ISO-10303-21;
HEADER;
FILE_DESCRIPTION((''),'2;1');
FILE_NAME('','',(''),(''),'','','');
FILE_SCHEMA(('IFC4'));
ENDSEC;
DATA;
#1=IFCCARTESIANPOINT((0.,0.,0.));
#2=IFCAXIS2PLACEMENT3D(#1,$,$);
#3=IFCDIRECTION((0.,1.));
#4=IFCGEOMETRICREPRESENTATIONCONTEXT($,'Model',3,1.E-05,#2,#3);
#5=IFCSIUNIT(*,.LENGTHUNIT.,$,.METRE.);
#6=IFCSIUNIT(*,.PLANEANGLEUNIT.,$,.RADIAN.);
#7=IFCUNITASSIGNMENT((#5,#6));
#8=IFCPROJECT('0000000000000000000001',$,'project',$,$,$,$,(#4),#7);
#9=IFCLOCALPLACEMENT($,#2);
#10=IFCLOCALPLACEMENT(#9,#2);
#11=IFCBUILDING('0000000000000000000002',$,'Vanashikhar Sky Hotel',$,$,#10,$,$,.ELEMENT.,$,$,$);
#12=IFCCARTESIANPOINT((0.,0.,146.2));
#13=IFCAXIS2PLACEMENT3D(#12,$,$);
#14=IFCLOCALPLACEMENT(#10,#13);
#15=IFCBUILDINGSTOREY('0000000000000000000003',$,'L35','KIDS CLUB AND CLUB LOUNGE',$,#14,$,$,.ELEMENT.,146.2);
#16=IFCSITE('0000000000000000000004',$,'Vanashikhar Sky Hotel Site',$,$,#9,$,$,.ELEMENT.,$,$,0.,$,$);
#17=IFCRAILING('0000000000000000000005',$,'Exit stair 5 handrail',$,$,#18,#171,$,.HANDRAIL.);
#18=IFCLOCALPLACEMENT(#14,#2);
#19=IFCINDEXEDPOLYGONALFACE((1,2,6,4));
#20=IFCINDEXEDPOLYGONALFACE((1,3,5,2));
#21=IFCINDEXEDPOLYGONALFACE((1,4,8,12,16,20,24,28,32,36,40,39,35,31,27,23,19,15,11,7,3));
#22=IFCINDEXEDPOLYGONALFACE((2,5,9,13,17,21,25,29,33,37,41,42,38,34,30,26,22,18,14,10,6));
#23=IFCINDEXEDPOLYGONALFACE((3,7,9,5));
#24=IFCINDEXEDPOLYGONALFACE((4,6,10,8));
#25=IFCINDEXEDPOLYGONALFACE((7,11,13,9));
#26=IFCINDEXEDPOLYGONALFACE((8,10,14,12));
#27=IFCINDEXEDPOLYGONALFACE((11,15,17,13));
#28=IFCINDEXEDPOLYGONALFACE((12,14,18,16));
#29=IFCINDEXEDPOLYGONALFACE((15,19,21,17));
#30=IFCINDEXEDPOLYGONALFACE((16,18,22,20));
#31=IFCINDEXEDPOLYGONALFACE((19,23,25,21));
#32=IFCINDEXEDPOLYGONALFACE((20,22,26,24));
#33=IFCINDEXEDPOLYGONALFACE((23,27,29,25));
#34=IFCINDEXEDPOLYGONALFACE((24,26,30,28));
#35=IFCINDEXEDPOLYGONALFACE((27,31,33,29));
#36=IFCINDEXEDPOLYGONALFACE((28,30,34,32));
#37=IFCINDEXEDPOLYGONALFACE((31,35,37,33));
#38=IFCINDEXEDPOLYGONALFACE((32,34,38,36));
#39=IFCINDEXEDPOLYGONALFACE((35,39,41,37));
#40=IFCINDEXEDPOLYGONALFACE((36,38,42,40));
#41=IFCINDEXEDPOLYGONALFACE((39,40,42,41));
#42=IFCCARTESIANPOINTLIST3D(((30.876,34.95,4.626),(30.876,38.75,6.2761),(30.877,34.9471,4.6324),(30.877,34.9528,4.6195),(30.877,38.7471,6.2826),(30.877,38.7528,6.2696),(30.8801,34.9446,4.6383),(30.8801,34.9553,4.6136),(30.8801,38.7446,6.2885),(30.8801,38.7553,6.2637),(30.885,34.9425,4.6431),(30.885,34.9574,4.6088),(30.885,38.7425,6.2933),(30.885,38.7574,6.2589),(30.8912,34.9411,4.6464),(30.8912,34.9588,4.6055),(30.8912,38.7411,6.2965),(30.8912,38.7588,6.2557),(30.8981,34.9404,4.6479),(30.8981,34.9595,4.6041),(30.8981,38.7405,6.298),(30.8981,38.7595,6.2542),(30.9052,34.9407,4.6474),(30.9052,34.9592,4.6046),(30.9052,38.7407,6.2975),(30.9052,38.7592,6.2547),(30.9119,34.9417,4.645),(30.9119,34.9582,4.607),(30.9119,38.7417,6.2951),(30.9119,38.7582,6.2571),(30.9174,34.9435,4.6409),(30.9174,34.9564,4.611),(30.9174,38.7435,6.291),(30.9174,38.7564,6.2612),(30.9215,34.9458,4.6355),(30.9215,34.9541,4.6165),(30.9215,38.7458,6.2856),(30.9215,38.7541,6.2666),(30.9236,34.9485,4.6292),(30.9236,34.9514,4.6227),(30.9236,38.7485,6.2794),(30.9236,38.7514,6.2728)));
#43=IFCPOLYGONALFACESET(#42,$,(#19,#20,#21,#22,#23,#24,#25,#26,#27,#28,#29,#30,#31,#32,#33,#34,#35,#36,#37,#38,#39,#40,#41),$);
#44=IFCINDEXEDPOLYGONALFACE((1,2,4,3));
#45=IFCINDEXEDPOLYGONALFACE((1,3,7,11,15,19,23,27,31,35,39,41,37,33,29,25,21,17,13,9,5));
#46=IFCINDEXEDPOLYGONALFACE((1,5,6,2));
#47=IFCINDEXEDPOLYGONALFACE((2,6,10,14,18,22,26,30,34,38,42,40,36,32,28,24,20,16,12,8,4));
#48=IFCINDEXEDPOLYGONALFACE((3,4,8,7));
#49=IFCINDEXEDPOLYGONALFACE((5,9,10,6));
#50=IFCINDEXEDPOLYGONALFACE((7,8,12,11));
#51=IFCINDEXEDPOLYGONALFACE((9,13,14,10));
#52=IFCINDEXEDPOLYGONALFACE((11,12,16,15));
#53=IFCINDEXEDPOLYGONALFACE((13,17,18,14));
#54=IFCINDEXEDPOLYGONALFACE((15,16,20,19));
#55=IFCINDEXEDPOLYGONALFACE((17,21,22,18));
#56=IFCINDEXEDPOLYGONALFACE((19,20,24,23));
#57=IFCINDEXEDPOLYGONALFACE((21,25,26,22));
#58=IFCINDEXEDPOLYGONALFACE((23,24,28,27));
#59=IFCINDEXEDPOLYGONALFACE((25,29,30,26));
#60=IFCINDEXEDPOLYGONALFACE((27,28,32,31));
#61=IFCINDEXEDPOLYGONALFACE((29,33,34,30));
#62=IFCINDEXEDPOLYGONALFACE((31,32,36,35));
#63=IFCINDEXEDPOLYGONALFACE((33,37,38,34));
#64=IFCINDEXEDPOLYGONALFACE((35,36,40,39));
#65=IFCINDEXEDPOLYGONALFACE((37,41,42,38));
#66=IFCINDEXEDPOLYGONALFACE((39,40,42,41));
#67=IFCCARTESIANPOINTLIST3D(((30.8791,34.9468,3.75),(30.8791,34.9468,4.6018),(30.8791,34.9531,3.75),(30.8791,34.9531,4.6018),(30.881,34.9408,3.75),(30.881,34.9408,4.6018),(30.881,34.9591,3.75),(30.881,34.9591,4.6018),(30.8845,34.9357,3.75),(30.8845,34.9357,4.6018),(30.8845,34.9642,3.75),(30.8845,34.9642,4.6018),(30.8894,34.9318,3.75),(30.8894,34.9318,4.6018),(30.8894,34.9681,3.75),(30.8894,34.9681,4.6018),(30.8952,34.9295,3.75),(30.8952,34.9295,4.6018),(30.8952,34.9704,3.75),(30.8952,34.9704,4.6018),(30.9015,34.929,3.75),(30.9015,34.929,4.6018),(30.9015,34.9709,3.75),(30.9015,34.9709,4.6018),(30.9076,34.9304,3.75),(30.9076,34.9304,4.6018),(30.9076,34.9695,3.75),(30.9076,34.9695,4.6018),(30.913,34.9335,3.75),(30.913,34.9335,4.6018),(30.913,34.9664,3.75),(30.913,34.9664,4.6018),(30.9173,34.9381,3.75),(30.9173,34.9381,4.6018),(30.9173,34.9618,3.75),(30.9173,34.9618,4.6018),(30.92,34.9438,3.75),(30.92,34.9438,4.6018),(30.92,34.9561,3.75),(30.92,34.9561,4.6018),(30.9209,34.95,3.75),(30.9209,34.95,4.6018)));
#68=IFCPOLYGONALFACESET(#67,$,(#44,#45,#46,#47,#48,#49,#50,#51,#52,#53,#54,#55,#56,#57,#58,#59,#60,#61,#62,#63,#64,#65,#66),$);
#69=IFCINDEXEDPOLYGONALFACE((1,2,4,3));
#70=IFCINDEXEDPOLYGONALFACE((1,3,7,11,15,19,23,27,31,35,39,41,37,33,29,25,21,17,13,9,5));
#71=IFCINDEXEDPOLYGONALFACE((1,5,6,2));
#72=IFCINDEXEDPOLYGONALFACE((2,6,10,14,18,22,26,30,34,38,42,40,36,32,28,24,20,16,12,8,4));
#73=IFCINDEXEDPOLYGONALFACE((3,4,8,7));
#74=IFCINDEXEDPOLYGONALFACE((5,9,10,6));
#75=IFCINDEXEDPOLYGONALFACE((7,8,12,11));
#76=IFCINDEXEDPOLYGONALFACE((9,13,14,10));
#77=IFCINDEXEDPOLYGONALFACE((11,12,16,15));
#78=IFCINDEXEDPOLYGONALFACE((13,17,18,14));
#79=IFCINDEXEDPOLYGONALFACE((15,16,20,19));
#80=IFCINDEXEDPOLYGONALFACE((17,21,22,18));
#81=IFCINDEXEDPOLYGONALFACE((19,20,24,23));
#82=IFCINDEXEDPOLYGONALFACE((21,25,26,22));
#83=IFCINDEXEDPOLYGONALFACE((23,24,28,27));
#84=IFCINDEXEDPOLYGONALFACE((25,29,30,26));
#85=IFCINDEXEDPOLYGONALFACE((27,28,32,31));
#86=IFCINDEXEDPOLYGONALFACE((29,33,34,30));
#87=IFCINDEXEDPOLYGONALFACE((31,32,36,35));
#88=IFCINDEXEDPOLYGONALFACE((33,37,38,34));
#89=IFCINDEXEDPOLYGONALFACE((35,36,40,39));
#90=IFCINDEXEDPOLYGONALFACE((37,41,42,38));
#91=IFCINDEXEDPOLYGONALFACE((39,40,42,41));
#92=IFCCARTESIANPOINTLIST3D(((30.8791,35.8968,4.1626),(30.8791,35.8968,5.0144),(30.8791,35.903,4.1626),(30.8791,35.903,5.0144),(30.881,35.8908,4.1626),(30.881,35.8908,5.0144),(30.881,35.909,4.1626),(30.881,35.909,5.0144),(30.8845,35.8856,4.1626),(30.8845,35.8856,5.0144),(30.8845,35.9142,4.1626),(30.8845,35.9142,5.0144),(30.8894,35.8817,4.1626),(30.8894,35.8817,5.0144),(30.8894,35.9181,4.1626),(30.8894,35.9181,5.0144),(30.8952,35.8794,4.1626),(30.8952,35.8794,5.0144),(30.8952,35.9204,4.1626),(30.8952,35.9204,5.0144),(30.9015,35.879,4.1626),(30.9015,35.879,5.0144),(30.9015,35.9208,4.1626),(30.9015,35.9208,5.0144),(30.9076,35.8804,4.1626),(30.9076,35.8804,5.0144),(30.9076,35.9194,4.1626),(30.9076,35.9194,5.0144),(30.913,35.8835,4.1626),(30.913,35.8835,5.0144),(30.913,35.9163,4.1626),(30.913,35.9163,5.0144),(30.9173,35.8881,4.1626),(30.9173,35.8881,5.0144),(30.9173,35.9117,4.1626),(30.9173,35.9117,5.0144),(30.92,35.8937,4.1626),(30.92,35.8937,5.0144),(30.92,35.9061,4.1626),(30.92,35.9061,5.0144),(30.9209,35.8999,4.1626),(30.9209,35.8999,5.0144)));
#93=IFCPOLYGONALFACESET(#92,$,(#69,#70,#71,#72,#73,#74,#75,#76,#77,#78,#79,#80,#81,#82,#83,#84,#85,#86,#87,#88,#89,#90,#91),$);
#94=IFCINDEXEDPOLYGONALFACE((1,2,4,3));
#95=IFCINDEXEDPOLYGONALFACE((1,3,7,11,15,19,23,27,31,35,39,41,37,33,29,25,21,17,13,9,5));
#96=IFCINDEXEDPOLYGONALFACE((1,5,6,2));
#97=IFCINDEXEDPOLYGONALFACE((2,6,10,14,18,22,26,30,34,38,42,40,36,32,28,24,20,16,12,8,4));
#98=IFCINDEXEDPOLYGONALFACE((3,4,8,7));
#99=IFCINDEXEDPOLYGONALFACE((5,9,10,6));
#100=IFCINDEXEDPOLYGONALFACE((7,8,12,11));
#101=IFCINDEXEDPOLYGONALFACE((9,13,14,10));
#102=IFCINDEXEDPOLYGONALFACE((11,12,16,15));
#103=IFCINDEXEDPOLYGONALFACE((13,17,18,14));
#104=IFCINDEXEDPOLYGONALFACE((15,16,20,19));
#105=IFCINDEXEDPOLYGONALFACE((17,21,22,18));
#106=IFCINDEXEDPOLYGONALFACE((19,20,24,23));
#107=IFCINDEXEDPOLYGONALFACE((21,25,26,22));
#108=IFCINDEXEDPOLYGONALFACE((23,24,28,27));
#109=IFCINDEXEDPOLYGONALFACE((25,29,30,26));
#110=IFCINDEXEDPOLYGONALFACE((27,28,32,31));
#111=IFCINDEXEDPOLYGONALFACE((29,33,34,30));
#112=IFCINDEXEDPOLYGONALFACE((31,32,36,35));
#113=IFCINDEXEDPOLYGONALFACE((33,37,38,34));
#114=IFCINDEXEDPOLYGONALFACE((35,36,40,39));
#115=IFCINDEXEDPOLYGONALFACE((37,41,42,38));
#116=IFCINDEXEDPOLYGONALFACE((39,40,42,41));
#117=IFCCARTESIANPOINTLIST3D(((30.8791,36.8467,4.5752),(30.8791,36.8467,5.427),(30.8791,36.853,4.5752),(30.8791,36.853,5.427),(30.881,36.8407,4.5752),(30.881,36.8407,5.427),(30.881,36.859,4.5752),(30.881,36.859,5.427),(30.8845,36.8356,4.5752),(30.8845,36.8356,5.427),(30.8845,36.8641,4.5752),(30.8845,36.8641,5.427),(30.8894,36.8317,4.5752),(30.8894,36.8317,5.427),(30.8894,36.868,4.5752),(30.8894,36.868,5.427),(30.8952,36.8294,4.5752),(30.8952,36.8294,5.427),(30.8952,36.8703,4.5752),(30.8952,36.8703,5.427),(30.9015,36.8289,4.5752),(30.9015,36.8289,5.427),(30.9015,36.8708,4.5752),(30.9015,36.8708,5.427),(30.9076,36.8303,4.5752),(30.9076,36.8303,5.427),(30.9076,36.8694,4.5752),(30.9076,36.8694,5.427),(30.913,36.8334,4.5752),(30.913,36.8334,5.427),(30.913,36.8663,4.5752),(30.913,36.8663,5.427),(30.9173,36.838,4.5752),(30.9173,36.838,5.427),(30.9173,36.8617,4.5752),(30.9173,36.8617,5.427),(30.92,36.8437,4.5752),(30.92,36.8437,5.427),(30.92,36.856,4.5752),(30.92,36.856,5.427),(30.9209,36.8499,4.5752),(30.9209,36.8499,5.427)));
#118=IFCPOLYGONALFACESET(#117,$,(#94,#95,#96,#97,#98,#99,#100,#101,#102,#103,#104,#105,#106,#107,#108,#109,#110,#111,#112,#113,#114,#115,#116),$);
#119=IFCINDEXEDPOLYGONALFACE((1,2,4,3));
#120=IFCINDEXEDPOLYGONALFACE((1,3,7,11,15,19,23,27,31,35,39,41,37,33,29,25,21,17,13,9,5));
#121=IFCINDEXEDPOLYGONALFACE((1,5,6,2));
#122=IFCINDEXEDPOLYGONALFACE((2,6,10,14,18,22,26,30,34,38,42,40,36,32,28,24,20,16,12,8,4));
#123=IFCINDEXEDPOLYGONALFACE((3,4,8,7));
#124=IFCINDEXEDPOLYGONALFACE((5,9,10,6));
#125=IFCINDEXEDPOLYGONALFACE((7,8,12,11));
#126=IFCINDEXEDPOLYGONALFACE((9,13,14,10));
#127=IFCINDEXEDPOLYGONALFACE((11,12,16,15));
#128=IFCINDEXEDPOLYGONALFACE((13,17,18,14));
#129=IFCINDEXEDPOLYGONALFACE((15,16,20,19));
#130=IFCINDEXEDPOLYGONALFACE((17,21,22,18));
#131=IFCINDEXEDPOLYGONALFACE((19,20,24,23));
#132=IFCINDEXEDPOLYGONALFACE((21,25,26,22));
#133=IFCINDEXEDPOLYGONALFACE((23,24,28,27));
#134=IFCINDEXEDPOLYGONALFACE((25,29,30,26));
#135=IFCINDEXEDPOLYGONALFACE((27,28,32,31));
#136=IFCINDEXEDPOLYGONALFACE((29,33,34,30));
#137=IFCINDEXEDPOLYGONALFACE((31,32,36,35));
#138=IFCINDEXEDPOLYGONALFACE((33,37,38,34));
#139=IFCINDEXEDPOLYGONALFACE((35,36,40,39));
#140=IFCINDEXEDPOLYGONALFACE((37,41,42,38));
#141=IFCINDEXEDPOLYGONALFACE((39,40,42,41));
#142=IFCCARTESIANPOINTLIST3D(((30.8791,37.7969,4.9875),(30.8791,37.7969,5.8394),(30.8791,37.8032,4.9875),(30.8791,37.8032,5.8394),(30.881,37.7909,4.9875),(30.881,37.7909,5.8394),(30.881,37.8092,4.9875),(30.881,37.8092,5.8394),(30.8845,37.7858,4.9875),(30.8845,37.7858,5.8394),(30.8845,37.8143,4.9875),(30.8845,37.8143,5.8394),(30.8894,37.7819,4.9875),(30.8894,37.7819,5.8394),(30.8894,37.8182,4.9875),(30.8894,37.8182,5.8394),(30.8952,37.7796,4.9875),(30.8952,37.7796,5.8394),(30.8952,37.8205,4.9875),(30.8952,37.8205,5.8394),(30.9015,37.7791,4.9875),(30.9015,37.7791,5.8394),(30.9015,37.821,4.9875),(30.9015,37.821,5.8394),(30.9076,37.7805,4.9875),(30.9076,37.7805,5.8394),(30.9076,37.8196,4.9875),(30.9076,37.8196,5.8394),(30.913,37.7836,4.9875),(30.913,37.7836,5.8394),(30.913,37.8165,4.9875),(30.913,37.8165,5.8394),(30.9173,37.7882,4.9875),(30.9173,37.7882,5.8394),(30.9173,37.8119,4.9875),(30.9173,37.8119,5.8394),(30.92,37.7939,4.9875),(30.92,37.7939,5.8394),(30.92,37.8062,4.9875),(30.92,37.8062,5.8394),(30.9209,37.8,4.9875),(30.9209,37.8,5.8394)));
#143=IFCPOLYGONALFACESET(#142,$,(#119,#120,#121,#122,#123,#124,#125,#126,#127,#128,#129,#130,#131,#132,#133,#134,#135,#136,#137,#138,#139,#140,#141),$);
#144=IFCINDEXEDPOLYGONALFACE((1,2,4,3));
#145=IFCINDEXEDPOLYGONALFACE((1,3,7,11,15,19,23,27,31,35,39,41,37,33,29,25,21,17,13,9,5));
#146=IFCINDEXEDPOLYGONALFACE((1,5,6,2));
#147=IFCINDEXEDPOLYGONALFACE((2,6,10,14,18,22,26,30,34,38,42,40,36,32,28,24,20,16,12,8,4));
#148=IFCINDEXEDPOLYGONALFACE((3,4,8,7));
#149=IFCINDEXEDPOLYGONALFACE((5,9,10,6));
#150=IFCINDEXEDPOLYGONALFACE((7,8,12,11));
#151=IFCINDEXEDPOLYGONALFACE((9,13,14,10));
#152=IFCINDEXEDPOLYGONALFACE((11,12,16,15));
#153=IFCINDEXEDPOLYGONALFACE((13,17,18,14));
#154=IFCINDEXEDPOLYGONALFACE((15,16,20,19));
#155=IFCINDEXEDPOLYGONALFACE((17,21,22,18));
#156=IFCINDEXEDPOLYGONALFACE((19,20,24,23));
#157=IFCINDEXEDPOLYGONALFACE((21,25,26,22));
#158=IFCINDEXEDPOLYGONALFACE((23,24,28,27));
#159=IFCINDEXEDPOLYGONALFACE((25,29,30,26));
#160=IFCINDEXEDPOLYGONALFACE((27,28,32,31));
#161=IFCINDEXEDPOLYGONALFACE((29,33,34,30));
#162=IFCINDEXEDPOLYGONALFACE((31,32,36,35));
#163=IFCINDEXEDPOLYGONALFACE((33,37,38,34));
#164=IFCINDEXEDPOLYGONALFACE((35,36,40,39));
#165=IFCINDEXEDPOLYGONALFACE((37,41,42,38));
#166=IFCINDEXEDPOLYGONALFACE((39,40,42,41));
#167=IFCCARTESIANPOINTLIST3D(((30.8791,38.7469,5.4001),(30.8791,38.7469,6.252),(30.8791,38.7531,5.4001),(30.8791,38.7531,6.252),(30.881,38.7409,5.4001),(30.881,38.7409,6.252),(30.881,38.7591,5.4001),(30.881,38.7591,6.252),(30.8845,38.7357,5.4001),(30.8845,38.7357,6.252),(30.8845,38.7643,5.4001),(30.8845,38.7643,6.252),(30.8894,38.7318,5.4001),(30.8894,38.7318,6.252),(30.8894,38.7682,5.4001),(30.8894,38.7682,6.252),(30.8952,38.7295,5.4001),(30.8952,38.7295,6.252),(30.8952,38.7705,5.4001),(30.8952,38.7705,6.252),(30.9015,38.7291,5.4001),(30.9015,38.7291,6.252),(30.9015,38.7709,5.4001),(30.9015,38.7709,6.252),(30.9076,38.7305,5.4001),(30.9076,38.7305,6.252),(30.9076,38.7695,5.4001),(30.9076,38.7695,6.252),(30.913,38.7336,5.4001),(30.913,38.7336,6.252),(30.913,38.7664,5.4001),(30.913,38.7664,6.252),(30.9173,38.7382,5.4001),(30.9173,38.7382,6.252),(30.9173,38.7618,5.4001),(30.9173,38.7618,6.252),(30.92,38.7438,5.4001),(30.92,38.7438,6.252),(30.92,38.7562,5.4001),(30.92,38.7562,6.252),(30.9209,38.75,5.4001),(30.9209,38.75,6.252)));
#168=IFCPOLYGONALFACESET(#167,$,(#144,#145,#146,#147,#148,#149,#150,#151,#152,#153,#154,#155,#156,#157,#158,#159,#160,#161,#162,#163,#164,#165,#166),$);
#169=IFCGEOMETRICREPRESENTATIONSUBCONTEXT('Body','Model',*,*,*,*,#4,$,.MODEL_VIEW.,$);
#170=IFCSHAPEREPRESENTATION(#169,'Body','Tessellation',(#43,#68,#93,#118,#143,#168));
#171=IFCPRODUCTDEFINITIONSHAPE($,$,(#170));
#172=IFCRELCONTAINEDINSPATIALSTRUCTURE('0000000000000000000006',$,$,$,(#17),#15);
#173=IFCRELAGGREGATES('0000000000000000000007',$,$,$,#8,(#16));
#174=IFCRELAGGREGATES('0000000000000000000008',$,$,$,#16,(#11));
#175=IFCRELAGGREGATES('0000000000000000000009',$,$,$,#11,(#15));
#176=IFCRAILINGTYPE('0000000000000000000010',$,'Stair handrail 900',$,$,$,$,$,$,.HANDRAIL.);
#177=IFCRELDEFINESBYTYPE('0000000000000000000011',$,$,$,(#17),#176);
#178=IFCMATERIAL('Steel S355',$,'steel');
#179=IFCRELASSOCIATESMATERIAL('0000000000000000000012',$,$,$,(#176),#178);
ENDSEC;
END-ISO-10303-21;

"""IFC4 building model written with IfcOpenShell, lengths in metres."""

from ifc_helpers import new_model, si_unit, direction, frame, origin, origin_2d, place, context, subcontext, project, spatial, circle, extrude, source, transform, mapped, material, type_object, element, save


model = new_model("IFC4")

# Units and contexts
model_context = context("Model", 3, precision=1e-05, world=origin(), true_north=direction((0.0, 1.0)))
body_context = subcontext(model_context, "Body", "Model", "MODEL_VIEW")
ifc_project = project(units=[si_unit("LENGTHUNIT", "METRE"), si_unit("PLANEANGLEUNIT", "RADIAN")], contexts=[model_context])

# Site, building, storey
site_placement = place(None, origin())
site = spatial("IfcSite", under=ifc_project, at=site_placement, Name="Vanashikhar Sky Hotel Site", CompositionType="ELEMENT", RefElevation=0.0)
building_placement = place(site_placement, origin())
building = spatial("IfcBuilding", under=site, at=building_placement, Name="Vanashikhar Sky Hotel", CompositionType="ELEMENT")
storey_placement = place(building_placement, frame((0.0, 0.0, 146.2)))
storey = spatial("IfcBuildingStorey", under=building, at=storey_placement, Name="L35", Description="KIDS CLUB AND CLUB LOUNGE", CompositionType="ELEMENT", Elevation=146.2)

# Railing
ifc_material_1 = material(Name="Steel S355", Category="steel")
railing_type = type_object("IfcRailingType", Name="Stair handrail 900", PredefinedType="HANDRAIL", material=ifc_material_1)
shared_shape_1 = source(origin(), body_context, "Body", "SweptSolid", [
    extrude(circle(Radius=0.0239, at=origin_2d()), frame((0.0, 0.0, 0.876), z_axis=(0.0, 0.917251, 0.39831), x_axis=(-1.0, 0.0, 0.0)), (0.0, 0.0, 1.0), 4.1428),
    extrude(circle(Radius=0.021, at=origin_2d()), origin(), (0.0, 0.0, 1.0), 0.8518),
    extrude(circle(Radius=0.021, at=origin_2d()), frame((0.0, 0.95, 0.4126)), (0.0, 0.0, 1.0), 0.8518),
    extrude(circle(Radius=0.021, at=origin_2d()), frame((0.0, 1.8999, 0.8252)), (0.0, 0.0, 1.0), 0.8518),
    extrude(circle(Radius=0.021, at=origin_2d()), frame((0.0, 2.8501, 1.2375)), (0.0, 0.0, 1.0), 0.8518),
    extrude(circle(Radius=0.021, at=origin_2d()), frame((0.0, 3.8, 1.6501)), (0.0, 0.0, 1.0), 0.8518),
])
for number, where, name in (
    (1, (30.8999, 34.95, 3.75), "Exit stair 5 handrail"),
):
    element("IfcRailing", number, at=place(storey_placement, frame(where)), inside=storey, type_object=railing_type, Name=name, PredefinedType="HANDRAIL", context=body_context, shape_type="MappedRepresentation", body=[
        mapped(shared_shape_1, transform((0.0, 0.0, 0.0), scale=1.0)),
    ])

save(model, "model.ifc")
